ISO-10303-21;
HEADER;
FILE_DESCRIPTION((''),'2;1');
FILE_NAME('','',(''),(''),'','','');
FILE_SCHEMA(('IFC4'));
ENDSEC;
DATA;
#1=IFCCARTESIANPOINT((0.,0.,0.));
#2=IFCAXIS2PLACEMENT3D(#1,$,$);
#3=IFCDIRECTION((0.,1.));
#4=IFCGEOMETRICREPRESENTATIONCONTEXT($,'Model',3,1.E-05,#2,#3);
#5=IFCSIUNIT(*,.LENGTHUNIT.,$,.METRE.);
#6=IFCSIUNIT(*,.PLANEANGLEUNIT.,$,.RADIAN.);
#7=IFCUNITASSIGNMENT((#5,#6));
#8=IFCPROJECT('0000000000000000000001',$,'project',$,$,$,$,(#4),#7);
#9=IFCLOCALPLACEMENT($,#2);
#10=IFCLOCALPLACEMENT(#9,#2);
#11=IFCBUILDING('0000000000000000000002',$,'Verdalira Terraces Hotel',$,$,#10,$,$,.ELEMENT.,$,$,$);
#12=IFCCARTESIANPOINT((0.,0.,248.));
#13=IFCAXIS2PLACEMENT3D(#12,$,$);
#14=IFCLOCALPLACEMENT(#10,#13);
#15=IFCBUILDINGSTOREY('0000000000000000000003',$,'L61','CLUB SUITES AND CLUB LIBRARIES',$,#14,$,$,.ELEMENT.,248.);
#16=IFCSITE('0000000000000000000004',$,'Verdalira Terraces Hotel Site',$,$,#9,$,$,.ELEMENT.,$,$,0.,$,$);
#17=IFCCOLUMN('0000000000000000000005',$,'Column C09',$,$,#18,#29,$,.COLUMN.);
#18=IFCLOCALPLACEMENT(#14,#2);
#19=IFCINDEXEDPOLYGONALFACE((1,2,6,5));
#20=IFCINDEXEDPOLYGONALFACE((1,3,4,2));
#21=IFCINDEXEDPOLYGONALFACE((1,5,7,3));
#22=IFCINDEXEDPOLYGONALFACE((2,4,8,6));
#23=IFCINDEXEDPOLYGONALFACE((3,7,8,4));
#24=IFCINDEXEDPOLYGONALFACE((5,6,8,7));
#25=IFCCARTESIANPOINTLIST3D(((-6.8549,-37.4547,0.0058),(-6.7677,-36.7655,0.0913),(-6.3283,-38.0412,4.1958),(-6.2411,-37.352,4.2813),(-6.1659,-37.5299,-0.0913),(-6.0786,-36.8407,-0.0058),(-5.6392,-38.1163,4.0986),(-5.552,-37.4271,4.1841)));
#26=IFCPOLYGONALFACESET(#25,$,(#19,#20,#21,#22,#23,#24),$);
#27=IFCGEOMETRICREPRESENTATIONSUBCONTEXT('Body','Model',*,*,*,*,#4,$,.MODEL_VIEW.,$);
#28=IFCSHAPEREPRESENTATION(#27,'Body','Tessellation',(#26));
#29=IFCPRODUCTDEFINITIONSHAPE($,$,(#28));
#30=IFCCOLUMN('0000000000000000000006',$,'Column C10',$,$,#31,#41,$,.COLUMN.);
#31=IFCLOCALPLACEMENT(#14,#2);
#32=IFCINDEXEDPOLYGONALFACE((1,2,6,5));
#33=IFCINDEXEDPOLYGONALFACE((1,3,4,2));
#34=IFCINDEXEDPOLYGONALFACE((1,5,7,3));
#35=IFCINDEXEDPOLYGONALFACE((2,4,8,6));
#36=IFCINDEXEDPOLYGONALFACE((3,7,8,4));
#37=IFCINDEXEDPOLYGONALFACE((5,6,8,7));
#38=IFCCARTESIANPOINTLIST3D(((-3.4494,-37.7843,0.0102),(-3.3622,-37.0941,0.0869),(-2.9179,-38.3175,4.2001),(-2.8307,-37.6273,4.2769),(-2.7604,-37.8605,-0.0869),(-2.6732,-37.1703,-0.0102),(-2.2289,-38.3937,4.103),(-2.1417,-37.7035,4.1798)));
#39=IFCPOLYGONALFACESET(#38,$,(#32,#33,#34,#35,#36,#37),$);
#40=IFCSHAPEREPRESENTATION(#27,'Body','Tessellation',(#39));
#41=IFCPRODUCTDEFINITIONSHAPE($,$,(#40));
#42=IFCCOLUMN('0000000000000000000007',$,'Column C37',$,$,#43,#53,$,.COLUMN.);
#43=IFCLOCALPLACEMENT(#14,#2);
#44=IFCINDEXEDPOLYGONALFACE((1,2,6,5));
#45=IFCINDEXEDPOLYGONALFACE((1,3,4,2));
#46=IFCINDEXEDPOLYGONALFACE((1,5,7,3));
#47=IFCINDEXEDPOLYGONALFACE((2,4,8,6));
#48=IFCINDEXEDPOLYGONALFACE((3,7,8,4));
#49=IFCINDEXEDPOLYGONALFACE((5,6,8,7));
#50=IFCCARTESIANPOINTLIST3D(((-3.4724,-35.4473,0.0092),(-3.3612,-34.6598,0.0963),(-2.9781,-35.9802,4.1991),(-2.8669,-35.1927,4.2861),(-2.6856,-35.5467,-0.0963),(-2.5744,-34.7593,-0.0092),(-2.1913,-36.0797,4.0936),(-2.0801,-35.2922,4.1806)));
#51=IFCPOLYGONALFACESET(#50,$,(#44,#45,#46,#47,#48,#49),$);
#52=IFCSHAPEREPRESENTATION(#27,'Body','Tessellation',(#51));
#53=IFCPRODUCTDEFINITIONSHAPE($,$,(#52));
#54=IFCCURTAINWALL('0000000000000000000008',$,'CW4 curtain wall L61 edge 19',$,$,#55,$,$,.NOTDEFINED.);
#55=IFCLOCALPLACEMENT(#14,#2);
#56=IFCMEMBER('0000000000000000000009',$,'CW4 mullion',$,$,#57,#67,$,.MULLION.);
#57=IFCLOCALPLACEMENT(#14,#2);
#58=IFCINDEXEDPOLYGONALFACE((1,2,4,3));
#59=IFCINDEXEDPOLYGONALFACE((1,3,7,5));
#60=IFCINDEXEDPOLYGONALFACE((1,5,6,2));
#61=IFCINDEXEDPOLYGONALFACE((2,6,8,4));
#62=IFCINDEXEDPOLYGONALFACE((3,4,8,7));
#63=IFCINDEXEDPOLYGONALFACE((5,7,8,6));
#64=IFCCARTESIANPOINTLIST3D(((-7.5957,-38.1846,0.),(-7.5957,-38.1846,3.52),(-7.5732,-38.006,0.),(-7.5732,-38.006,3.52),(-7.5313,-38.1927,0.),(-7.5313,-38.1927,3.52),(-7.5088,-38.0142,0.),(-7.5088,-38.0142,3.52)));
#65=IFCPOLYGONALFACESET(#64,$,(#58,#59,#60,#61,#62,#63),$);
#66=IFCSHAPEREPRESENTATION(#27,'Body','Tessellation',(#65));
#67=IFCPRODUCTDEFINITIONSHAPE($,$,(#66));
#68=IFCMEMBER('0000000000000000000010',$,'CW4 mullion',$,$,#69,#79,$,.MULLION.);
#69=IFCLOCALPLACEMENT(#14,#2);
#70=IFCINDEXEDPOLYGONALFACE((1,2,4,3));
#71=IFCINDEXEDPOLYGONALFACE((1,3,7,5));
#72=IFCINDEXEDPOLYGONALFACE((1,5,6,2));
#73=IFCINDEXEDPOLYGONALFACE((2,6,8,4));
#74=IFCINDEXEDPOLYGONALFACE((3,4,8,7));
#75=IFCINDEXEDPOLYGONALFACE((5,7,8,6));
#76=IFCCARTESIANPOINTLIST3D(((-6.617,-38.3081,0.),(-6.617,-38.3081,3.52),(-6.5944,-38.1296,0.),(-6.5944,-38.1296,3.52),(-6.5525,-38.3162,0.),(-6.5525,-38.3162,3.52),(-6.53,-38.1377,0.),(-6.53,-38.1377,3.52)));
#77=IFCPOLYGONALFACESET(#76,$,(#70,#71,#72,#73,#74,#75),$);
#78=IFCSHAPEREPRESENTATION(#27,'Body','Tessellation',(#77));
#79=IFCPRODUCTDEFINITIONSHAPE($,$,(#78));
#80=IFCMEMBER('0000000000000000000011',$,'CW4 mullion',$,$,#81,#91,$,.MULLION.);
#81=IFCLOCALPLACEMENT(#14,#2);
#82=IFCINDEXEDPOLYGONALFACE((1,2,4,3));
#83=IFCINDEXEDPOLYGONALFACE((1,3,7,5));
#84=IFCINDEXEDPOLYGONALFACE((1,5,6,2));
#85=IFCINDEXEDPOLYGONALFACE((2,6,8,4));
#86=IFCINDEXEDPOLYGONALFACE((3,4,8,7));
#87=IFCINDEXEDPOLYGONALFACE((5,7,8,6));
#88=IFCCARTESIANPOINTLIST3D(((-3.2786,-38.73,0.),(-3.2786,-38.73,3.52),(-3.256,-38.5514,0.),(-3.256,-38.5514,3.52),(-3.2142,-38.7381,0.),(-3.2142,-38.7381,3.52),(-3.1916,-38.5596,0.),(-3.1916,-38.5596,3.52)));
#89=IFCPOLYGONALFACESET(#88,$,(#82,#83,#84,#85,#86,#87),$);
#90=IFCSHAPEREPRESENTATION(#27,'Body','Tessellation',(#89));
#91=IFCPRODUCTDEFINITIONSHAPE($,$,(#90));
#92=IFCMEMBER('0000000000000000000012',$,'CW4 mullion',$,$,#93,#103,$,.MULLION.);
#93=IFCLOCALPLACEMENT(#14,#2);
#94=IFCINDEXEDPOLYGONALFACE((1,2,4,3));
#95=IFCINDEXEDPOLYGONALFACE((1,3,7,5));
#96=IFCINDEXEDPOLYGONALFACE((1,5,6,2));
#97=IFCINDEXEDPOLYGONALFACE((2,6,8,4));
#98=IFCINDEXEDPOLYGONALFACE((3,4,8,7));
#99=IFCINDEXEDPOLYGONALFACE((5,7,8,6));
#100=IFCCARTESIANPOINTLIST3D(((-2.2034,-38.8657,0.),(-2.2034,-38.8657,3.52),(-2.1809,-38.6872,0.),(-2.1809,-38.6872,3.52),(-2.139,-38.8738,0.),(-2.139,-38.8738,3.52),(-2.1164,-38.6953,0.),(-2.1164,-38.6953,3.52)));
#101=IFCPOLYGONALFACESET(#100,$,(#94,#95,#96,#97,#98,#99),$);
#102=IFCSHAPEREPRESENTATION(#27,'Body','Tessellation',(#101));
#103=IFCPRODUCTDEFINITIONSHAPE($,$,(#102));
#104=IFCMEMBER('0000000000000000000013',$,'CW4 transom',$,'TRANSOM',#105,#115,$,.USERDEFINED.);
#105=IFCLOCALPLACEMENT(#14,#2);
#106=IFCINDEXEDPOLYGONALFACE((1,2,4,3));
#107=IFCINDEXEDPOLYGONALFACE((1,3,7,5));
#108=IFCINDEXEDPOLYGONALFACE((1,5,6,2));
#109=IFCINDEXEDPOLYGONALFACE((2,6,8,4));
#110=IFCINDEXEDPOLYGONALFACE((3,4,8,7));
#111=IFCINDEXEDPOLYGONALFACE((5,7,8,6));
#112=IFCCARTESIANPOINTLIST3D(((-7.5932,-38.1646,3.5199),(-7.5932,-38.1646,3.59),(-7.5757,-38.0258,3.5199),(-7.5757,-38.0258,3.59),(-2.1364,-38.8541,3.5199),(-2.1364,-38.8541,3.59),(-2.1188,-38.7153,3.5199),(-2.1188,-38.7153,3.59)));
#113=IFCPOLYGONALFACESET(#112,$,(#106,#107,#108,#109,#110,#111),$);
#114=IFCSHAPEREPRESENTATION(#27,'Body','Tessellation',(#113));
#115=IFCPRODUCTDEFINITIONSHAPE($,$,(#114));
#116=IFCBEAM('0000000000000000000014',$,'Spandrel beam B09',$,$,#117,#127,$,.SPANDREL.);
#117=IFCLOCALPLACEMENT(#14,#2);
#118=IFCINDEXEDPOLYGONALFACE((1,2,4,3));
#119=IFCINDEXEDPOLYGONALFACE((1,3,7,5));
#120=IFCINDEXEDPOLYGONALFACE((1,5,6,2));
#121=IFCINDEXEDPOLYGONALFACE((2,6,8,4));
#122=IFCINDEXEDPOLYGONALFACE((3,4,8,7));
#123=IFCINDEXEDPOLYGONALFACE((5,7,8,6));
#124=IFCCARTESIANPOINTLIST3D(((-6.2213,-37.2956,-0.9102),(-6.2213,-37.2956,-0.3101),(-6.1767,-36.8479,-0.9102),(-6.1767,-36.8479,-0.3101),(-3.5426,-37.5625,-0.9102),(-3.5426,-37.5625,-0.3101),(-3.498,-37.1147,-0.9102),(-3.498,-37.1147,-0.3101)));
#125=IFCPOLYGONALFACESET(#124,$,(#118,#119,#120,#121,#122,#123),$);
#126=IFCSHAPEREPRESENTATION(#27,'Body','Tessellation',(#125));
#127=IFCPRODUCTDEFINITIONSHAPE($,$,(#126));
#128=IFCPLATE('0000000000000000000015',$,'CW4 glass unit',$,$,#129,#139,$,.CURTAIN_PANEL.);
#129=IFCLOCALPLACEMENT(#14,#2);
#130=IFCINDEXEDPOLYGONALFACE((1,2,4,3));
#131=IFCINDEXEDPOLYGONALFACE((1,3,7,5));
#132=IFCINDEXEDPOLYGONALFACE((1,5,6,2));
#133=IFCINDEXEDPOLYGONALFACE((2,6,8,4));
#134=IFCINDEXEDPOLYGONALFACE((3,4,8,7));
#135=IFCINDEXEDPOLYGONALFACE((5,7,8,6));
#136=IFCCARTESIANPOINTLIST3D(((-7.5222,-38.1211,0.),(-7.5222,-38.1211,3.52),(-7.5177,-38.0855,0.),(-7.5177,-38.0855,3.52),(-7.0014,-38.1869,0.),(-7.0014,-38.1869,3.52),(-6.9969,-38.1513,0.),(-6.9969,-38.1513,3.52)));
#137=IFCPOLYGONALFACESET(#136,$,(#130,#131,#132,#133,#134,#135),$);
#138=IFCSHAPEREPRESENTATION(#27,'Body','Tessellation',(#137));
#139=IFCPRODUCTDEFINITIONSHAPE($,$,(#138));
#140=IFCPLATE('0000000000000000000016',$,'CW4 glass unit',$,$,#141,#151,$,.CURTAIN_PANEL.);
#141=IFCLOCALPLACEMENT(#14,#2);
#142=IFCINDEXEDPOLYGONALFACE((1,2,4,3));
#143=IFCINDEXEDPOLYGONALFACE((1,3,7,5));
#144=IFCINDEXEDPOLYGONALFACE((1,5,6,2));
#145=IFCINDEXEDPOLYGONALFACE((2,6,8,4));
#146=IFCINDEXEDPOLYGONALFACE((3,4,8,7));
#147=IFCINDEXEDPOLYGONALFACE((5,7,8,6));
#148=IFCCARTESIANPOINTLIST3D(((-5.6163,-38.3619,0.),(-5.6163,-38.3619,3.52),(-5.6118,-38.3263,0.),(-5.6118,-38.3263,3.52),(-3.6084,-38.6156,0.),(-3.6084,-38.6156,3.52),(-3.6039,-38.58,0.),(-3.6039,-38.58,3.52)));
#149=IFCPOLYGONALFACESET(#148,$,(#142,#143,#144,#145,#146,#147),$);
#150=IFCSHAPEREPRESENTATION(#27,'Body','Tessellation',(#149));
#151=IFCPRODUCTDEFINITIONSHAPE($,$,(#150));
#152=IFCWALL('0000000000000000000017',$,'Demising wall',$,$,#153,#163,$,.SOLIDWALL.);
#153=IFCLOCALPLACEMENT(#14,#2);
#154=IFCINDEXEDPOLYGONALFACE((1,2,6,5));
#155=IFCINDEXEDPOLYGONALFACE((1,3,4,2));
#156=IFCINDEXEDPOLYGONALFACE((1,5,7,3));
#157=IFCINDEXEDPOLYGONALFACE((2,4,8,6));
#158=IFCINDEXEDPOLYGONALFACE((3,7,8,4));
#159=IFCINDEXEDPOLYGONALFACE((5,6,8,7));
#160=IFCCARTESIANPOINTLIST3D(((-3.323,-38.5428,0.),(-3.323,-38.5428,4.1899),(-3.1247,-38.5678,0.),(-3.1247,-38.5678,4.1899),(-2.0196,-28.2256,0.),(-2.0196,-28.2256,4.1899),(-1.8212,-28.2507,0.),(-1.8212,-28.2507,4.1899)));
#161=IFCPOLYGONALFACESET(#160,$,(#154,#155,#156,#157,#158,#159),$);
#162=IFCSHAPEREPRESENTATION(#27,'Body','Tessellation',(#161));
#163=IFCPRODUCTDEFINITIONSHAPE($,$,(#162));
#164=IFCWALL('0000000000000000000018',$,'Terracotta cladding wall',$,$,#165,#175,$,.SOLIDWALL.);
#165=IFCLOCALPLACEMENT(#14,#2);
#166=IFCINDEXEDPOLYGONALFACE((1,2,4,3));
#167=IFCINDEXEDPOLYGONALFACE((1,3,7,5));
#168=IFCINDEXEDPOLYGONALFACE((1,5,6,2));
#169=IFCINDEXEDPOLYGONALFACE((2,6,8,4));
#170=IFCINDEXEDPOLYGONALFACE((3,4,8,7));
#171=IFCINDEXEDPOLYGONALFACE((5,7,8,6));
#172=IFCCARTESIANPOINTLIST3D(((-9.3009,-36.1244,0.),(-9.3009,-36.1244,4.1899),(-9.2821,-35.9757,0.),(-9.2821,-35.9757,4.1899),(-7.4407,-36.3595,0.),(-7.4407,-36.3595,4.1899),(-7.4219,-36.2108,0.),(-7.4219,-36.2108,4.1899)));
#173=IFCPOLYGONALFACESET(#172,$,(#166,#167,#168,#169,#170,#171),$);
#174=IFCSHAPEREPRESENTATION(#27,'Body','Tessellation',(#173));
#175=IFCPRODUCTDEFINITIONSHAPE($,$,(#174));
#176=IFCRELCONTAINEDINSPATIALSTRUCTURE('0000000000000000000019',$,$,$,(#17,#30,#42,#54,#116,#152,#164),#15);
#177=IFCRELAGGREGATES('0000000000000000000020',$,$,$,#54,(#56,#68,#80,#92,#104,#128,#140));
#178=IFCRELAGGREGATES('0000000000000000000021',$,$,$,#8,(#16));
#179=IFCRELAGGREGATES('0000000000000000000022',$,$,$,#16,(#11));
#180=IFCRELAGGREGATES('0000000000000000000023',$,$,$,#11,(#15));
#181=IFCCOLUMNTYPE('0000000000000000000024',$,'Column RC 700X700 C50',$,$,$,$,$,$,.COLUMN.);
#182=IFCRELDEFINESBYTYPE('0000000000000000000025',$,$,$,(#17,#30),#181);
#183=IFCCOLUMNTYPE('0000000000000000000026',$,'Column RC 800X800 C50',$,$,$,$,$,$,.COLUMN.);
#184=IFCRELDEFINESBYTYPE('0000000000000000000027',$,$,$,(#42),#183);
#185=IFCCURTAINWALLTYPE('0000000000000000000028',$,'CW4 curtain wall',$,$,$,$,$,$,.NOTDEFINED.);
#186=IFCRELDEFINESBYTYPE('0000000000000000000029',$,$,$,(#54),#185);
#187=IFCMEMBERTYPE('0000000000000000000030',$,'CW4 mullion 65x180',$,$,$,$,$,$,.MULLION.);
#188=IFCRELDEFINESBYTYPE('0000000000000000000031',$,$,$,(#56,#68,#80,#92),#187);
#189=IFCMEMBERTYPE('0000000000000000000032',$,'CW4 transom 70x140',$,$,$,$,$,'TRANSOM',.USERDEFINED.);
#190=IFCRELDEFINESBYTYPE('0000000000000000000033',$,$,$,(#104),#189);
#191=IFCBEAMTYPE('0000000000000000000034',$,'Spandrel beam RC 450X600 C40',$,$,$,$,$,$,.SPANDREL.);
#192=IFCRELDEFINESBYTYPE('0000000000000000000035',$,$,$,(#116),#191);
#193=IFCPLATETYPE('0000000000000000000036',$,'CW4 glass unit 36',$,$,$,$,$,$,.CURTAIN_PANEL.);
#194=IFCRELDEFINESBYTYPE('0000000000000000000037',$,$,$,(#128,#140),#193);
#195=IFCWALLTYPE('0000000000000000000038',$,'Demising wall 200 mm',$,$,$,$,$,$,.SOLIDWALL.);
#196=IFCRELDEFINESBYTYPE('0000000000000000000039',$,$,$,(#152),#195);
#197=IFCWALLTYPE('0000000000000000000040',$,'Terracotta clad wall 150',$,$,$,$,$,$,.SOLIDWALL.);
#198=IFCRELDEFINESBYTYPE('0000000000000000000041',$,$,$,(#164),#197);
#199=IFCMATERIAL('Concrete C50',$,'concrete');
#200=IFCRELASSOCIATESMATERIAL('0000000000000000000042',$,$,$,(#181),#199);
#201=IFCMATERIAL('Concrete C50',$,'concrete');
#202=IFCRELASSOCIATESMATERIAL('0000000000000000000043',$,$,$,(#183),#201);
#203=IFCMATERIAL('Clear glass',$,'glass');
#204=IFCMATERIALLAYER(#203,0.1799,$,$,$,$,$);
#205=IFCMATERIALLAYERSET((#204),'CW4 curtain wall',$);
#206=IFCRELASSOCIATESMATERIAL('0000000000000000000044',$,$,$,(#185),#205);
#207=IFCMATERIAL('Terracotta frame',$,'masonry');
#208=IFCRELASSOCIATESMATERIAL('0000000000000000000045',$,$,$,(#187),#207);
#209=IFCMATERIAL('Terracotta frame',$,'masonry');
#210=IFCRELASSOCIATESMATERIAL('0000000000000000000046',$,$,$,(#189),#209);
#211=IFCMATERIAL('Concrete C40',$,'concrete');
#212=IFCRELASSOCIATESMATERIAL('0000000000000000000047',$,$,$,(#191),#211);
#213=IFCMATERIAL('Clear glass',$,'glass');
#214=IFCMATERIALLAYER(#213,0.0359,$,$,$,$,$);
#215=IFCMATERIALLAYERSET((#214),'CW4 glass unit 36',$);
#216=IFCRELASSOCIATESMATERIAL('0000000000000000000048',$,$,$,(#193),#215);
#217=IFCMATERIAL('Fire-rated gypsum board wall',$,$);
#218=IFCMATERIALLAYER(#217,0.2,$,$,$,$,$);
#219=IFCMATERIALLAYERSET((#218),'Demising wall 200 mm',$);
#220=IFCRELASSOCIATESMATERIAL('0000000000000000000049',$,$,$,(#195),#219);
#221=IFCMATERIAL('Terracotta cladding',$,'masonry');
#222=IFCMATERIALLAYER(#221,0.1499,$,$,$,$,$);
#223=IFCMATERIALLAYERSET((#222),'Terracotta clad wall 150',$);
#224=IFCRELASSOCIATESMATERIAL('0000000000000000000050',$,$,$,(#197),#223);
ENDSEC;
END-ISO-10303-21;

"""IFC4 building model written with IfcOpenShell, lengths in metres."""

from ifc_helpers import new_model, si_unit, direction, frame, frame_2d, origin, origin_2d, place, context, subcontext, project, spatial, rectangle, extrude, material, layer, layer_set, material_profile, profile_set, type_object, element, aggregate, save


model = new_model("IFC4")

# Units and contexts
model_context = context("Model", 3, precision=1e-05, world=origin(), true_north=direction((0.0, 1.0)))
body_context = subcontext(model_context, "Body", "Model", "MODEL_VIEW")
ifc_project = project(units=[si_unit("LENGTHUNIT", "METRE"), si_unit("PLANEANGLEUNIT", "RADIAN")], contexts=[model_context])

# Site, building, storey
site_placement = place(None, origin())
site = spatial("IfcSite", under=ifc_project, at=site_placement, Name="Verdalira Terraces Hotel Site", CompositionType="ELEMENT", RefElevation=0.0)
building_placement = place(site_placement, origin())
building = spatial("IfcBuilding", under=site, at=building_placement, Name="Verdalira Terraces Hotel", CompositionType="ELEMENT")
storey_placement = place(building_placement, frame((0.0, 0.0, 248.0)))
storey = spatial("IfcBuildingStorey", under=building, at=storey_placement, Name="L61", Description="CLUB SUITES AND CLUB LIBRARIES", CompositionType="ELEMENT", Elevation=248.0)

# Columns
ifc_material_1 = material(Name="Concrete C50", Category="concrete")
ifc_material_profile_1 = material_profile(ifc_material_1, rectangle(XDim=0.7, YDim=0.7, at=origin_2d()), Name="RC 700X700")
ifc_profile_set_1 = profile_set([ifc_material_profile_1], Name="Concrete C50")
column_type_1 = type_object("IfcColumnType", Name="Column RC 700X700 C50", PredefinedType="COLUMN", material=ifc_profile_set_1)
column_1_placement = place(storey_placement, frame((-6.4668, -37.1477, 0.0), z_axis=(0.123518, -0.137548, 0.982763), x_axis=(0.98449, -0.107355, -0.138761)))
element("IfcColumn", 1, at=column_1_placement, inside=storey, type_object=column_type_1, Name="Column C09", PredefinedType="COLUMN", context=body_context, shape_type="SweptSolid", body=[
    extrude(rectangle(XDim=0.7, YDim=0.7, at=origin_2d()), origin(), (0.0, 0.0, 1.0), 4.2634),
])
column_2_placement = place(storey_placement, frame((-3.0613, -37.4773, 0.0), z_axis=(0.124851, -0.125252, 0.984238), x_axis=(0.984326, -0.108902, -0.13872)))
element("IfcColumn", 2, at=column_2_placement, inside=storey, type_object=column_type_1, Name="Column C10", PredefinedType="COLUMN", context=body_context, shape_type="SweptSolid", body=[
    extrude(rectangle(XDim=0.7, YDim=0.7, at=origin_2d()), origin(), (0.0, 0.0, 1.0), 4.2571),
])
ifc_material_2 = material(Name="Concrete C50", Category="concrete")
ifc_material_profile_2 = material_profile(ifc_material_2, rectangle(XDim=0.8, YDim=0.8, at=origin_2d()), Name="RC 800X800")
ifc_profile_set_2 = profile_set([ifc_material_profile_2], Name="Concrete C50")
column_type_2 = type_object("IfcColumnType", Name="Column RC 800X800 C50", PredefinedType="COLUMN", material=ifc_profile_set_2)
column_3_placement = place(storey_placement, frame((-3.0234, -35.1033, 0.0), z_axis=(0.116256, -0.125327, 0.98528), x_axis=(-0.139013, -0.984296, -0.108799)))
element("IfcColumn", 3, at=column_3_placement, inside=storey, type_object=column_type_2, Name="Column C37", PredefinedType="COLUMN", context=body_context, shape_type="SweptSolid", body=[
    extrude(rectangle(XDim=0.8, YDim=0.8, at=origin_2d()), origin(), (0.0, 0.0, 1.0), 4.2524),
])

# Curtain wall, members
ifc_material_3 = material(Name="Clear glass", Category="glass")
ifc_layer_1 = layer(ifc_material_3, 0.1799)
ifc_layer_set_1 = layer_set([ifc_layer_1], Name="CW4 curtain wall")
curtain_wall_type = type_object("IfcCurtainWallType", Name="CW4 curtain wall", PredefinedType="NOTDEFINED", material=ifc_layer_set_1)
curtain_wall_placement = place(storey_placement, origin())
curtain_wall = element("IfcCurtainWall", 4, at=curtain_wall_placement, inside=storey, type_object=curtain_wall_type, Name="CW4 curtain wall L61 edge 19", PredefinedType="NOTDEFINED")
ifc_material_4 = material(Name="Terracotta frame", Category="masonry")
ifc_material_profile_3 = material_profile(ifc_material_4, rectangle(XDim=0.0649, YDim=0.1799, at=origin_2d()), Name="MU 65x180")
ifc_profile_set_3 = profile_set([ifc_material_profile_3], Name="Terracotta frame")
member_type_1 = type_object("IfcMemberType", Name="CW4 mullion 65x180", PredefinedType="MULLION", material=ifc_profile_set_3)
member_1_placement = place(storey_placement, frame((-7.5522, -38.0994, 0.0), z_axis=(0.0, 0.0, 1.0), x_axis=(0.992115, -0.125333, 0.0)))
member_1 = element("IfcMember", 5, at=member_1_placement, type_object=member_type_1, Name="CW4 mullion", PredefinedType="MULLION", context=body_context, shape_type="SweptSolid", body=[
    extrude(rectangle(XDim=0.0649, YDim=0.1799, at=origin_2d()), origin(), (0.0, 0.0, 1.0), 3.52),
])
member_2_placement = place(storey_placement, frame((-6.5735, -38.2229, 0.0), z_axis=(0.0, 0.0, 1.0), x_axis=(0.992115, -0.125333, 0.0)))
member_2 = element("IfcMember", 6, at=member_2_placement, type_object=member_type_1, Name="CW4 mullion", PredefinedType="MULLION", context=body_context, shape_type="SweptSolid", body=[
    extrude(rectangle(XDim=0.0649, YDim=0.1799, at=origin_2d()), origin(), (0.0, 0.0, 1.0), 3.52),
])
member_3_placement = place(storey_placement, frame((-3.2351, -38.6448, 0.0), z_axis=(0.0, 0.0, 1.0), x_axis=(0.992115, -0.125333, 0.0)))
member_3 = element("IfcMember", 7, at=member_3_placement, type_object=member_type_1, Name="CW4 mullion", PredefinedType="MULLION", context=body_context, shape_type="SweptSolid", body=[
    extrude(rectangle(XDim=0.0649, YDim=0.1799, at=origin_2d()), origin(), (0.0, 0.0, 1.0), 3.52),
])
member_4_placement = place(storey_placement, frame((-2.1599, -38.7805, 0.0), z_axis=(0.0, 0.0, 1.0), x_axis=(0.992115, -0.125333, 0.0)))
member_4 = element("IfcMember", 8, at=member_4_placement, type_object=member_type_1, Name="CW4 mullion", PredefinedType="MULLION", context=body_context, shape_type="SweptSolid", body=[
    extrude(rectangle(XDim=0.0649, YDim=0.1799, at=origin_2d()), origin(), (0.0, 0.0, 1.0), 3.52),
])
ifc_material_5 = material(Name="Terracotta frame", Category="masonry")
ifc_material_profile_4 = material_profile(ifc_material_5, rectangle(XDim=0.1399, YDim=0.0701, at=origin_2d()), Name="TR 70x140")
ifc_profile_set_4 = profile_set([ifc_material_profile_4], Name="Terracotta frame")
member_type_2 = type_object("IfcMemberType", Name="CW4 transom 70x140", ElementType="TRANSOM", PredefinedType="USERDEFINED", material=ifc_profile_set_4)
member_5_placement = place(storey_placement, frame((-7.5845, -38.0952, 3.5549), z_axis=(0.992112, -0.125351, 0.0), x_axis=(0.125351, 0.992112, 0.0)))
member_5 = element("IfcMember", 9, at=member_5_placement, type_object=member_type_2, Name="CW4 transom", ObjectType="TRANSOM", PredefinedType="USERDEFINED", context=body_context, shape_type="SweptSolid", body=[
    extrude(rectangle(XDim=0.1399, YDim=0.0701, at=origin_2d()), origin(), (0.0, 0.0, 1.0), 5.5002),
])

# Beam
ifc_material_6 = material(Name="Concrete C40", Category="concrete")
ifc_material_profile_5 = material_profile(ifc_material_6, rectangle(XDim=0.45, YDim=0.6001, at=origin_2d()), Name="RC 450X600")
ifc_profile_set_5 = profile_set([ifc_material_profile_5], Name="Concrete C40")
beam_type = type_object("IfcBeamType", Name="Spandrel beam RC 450X600 C40", PredefinedType="SPANDREL", material=ifc_profile_set_5)
beam_placement = place(storey_placement, frame((-6.199, -37.0718, -0.6101), z_axis=(0.995075, -0.099127, 0.0), x_axis=(0.099127, 0.995075, 0.0)))
element("IfcBeam", 10, at=beam_placement, inside=storey, type_object=beam_type, Name="Spandrel beam B09", PredefinedType="SPANDREL", context=body_context, shape_type="SweptSolid", body=[
    extrude(rectangle(XDim=0.45, YDim=0.6001, at=origin_2d()), origin(), (0.0, 0.0, 1.0), 2.6919),
])

# Plates
ifc_material_7 = material(Name="Clear glass", Category="glass")
ifc_layer_2 = layer(ifc_material_7, 0.0359)
ifc_layer_set_2 = layer_set([ifc_layer_2], Name="CW4 glass unit 36")
plate_type = type_object("IfcPlateType", Name="CW4 glass unit 36", PredefinedType="CURTAIN_PANEL", material=ifc_layer_set_2)
plate_1_placement = place(storey_placement, frame((-7.2595, -38.1362, 0.0), z_axis=(0.0, 0.0, 1.0), x_axis=(0.992115, -0.125333, 0.0)))
plate_1 = element("IfcPlate", 11, at=plate_1_placement, type_object=plate_type, Name="CW4 glass unit", PredefinedType="CURTAIN_PANEL", context=body_context, shape_type="SweptSolid", body=[
    extrude(rectangle(XDim=0.5249, YDim=0.0359, at=origin_2d()), origin(), (0.0, 0.0, 1.0), 3.52),
])
plate_2_placement = place(storey_placement, frame((-4.6101, -38.4709, 0.0), z_axis=(0.0, 0.0, 1.0), x_axis=(0.992115, -0.125333, 0.0)))
plate_2 = element("IfcPlate", 12, at=plate_2_placement, type_object=plate_type, Name="CW4 glass unit", PredefinedType="CURTAIN_PANEL", context=body_context, shape_type="SweptSolid", body=[
    extrude(rectangle(XDim=2.0239, YDim=0.0359, at=origin_2d()), origin(), (0.0, 0.0, 1.0), 3.52),
])
aggregate(curtain_wall, [member_1, member_2, member_3, member_4, member_5, plate_1, plate_2])

# Walls
ifc_material_8 = material(Name="Fire-rated gypsum board wall")
ifc_layer_3 = layer(ifc_material_8, 0.2)
ifc_layer_set_3 = layer_set([ifc_layer_3], Name="Demising wall 200 mm")
wall_type_1 = type_object("IfcWallType", Name="Demising wall 200 mm", PredefinedType="SOLIDWALL", material=ifc_layer_set_3)
wall_1_placement = place(storey_placement, frame((-3.2239, -38.5554, 0.0), z_axis=(0.0, 0.0, 1.0), x_axis=(0.125344, 0.992113, 0.0)))
element("IfcWall", 13, at=wall_1_placement, inside=storey, type_object=wall_type_1, Name="Demising wall", PredefinedType="SOLIDWALL", context=body_context, shape_type="SweptSolid", body=[
    extrude(rectangle(XDim=10.3992, YDim=0.2, at=frame_2d((5.1997, 0.0))), origin(), (0.0, 0.0, 1.0), 4.1899),
])
ifc_material_9 = material(Name="Terracotta cladding", Category="masonry")
ifc_layer_4 = layer(ifc_material_9, 0.1499)
ifc_layer_set_4 = layer_set([ifc_layer_4], Name="Terracotta clad wall 150")
wall_type_2 = type_object("IfcWallType", Name="Terracotta clad wall 150", PredefinedType="SOLIDWALL", material=ifc_layer_set_4)
wall_2_placement = place(storey_placement, frame((-9.2915, -36.05, 0.0), z_axis=(0.0, 0.0, 1.0), x_axis=(0.992107, -0.125397, 0.0)))
element("IfcWall", 14, at=wall_2_placement, inside=storey, type_object=wall_type_2, Name="Terracotta cladding wall", PredefinedType="SOLIDWALL", context=body_context, shape_type="SweptSolid", body=[
    extrude(rectangle(XDim=1.875, YDim=0.1499, at=frame_2d((0.9375, 0.0))), origin(), (0.0, 0.0, 1.0), 4.1899),
])

save(model, "model.ifc")
